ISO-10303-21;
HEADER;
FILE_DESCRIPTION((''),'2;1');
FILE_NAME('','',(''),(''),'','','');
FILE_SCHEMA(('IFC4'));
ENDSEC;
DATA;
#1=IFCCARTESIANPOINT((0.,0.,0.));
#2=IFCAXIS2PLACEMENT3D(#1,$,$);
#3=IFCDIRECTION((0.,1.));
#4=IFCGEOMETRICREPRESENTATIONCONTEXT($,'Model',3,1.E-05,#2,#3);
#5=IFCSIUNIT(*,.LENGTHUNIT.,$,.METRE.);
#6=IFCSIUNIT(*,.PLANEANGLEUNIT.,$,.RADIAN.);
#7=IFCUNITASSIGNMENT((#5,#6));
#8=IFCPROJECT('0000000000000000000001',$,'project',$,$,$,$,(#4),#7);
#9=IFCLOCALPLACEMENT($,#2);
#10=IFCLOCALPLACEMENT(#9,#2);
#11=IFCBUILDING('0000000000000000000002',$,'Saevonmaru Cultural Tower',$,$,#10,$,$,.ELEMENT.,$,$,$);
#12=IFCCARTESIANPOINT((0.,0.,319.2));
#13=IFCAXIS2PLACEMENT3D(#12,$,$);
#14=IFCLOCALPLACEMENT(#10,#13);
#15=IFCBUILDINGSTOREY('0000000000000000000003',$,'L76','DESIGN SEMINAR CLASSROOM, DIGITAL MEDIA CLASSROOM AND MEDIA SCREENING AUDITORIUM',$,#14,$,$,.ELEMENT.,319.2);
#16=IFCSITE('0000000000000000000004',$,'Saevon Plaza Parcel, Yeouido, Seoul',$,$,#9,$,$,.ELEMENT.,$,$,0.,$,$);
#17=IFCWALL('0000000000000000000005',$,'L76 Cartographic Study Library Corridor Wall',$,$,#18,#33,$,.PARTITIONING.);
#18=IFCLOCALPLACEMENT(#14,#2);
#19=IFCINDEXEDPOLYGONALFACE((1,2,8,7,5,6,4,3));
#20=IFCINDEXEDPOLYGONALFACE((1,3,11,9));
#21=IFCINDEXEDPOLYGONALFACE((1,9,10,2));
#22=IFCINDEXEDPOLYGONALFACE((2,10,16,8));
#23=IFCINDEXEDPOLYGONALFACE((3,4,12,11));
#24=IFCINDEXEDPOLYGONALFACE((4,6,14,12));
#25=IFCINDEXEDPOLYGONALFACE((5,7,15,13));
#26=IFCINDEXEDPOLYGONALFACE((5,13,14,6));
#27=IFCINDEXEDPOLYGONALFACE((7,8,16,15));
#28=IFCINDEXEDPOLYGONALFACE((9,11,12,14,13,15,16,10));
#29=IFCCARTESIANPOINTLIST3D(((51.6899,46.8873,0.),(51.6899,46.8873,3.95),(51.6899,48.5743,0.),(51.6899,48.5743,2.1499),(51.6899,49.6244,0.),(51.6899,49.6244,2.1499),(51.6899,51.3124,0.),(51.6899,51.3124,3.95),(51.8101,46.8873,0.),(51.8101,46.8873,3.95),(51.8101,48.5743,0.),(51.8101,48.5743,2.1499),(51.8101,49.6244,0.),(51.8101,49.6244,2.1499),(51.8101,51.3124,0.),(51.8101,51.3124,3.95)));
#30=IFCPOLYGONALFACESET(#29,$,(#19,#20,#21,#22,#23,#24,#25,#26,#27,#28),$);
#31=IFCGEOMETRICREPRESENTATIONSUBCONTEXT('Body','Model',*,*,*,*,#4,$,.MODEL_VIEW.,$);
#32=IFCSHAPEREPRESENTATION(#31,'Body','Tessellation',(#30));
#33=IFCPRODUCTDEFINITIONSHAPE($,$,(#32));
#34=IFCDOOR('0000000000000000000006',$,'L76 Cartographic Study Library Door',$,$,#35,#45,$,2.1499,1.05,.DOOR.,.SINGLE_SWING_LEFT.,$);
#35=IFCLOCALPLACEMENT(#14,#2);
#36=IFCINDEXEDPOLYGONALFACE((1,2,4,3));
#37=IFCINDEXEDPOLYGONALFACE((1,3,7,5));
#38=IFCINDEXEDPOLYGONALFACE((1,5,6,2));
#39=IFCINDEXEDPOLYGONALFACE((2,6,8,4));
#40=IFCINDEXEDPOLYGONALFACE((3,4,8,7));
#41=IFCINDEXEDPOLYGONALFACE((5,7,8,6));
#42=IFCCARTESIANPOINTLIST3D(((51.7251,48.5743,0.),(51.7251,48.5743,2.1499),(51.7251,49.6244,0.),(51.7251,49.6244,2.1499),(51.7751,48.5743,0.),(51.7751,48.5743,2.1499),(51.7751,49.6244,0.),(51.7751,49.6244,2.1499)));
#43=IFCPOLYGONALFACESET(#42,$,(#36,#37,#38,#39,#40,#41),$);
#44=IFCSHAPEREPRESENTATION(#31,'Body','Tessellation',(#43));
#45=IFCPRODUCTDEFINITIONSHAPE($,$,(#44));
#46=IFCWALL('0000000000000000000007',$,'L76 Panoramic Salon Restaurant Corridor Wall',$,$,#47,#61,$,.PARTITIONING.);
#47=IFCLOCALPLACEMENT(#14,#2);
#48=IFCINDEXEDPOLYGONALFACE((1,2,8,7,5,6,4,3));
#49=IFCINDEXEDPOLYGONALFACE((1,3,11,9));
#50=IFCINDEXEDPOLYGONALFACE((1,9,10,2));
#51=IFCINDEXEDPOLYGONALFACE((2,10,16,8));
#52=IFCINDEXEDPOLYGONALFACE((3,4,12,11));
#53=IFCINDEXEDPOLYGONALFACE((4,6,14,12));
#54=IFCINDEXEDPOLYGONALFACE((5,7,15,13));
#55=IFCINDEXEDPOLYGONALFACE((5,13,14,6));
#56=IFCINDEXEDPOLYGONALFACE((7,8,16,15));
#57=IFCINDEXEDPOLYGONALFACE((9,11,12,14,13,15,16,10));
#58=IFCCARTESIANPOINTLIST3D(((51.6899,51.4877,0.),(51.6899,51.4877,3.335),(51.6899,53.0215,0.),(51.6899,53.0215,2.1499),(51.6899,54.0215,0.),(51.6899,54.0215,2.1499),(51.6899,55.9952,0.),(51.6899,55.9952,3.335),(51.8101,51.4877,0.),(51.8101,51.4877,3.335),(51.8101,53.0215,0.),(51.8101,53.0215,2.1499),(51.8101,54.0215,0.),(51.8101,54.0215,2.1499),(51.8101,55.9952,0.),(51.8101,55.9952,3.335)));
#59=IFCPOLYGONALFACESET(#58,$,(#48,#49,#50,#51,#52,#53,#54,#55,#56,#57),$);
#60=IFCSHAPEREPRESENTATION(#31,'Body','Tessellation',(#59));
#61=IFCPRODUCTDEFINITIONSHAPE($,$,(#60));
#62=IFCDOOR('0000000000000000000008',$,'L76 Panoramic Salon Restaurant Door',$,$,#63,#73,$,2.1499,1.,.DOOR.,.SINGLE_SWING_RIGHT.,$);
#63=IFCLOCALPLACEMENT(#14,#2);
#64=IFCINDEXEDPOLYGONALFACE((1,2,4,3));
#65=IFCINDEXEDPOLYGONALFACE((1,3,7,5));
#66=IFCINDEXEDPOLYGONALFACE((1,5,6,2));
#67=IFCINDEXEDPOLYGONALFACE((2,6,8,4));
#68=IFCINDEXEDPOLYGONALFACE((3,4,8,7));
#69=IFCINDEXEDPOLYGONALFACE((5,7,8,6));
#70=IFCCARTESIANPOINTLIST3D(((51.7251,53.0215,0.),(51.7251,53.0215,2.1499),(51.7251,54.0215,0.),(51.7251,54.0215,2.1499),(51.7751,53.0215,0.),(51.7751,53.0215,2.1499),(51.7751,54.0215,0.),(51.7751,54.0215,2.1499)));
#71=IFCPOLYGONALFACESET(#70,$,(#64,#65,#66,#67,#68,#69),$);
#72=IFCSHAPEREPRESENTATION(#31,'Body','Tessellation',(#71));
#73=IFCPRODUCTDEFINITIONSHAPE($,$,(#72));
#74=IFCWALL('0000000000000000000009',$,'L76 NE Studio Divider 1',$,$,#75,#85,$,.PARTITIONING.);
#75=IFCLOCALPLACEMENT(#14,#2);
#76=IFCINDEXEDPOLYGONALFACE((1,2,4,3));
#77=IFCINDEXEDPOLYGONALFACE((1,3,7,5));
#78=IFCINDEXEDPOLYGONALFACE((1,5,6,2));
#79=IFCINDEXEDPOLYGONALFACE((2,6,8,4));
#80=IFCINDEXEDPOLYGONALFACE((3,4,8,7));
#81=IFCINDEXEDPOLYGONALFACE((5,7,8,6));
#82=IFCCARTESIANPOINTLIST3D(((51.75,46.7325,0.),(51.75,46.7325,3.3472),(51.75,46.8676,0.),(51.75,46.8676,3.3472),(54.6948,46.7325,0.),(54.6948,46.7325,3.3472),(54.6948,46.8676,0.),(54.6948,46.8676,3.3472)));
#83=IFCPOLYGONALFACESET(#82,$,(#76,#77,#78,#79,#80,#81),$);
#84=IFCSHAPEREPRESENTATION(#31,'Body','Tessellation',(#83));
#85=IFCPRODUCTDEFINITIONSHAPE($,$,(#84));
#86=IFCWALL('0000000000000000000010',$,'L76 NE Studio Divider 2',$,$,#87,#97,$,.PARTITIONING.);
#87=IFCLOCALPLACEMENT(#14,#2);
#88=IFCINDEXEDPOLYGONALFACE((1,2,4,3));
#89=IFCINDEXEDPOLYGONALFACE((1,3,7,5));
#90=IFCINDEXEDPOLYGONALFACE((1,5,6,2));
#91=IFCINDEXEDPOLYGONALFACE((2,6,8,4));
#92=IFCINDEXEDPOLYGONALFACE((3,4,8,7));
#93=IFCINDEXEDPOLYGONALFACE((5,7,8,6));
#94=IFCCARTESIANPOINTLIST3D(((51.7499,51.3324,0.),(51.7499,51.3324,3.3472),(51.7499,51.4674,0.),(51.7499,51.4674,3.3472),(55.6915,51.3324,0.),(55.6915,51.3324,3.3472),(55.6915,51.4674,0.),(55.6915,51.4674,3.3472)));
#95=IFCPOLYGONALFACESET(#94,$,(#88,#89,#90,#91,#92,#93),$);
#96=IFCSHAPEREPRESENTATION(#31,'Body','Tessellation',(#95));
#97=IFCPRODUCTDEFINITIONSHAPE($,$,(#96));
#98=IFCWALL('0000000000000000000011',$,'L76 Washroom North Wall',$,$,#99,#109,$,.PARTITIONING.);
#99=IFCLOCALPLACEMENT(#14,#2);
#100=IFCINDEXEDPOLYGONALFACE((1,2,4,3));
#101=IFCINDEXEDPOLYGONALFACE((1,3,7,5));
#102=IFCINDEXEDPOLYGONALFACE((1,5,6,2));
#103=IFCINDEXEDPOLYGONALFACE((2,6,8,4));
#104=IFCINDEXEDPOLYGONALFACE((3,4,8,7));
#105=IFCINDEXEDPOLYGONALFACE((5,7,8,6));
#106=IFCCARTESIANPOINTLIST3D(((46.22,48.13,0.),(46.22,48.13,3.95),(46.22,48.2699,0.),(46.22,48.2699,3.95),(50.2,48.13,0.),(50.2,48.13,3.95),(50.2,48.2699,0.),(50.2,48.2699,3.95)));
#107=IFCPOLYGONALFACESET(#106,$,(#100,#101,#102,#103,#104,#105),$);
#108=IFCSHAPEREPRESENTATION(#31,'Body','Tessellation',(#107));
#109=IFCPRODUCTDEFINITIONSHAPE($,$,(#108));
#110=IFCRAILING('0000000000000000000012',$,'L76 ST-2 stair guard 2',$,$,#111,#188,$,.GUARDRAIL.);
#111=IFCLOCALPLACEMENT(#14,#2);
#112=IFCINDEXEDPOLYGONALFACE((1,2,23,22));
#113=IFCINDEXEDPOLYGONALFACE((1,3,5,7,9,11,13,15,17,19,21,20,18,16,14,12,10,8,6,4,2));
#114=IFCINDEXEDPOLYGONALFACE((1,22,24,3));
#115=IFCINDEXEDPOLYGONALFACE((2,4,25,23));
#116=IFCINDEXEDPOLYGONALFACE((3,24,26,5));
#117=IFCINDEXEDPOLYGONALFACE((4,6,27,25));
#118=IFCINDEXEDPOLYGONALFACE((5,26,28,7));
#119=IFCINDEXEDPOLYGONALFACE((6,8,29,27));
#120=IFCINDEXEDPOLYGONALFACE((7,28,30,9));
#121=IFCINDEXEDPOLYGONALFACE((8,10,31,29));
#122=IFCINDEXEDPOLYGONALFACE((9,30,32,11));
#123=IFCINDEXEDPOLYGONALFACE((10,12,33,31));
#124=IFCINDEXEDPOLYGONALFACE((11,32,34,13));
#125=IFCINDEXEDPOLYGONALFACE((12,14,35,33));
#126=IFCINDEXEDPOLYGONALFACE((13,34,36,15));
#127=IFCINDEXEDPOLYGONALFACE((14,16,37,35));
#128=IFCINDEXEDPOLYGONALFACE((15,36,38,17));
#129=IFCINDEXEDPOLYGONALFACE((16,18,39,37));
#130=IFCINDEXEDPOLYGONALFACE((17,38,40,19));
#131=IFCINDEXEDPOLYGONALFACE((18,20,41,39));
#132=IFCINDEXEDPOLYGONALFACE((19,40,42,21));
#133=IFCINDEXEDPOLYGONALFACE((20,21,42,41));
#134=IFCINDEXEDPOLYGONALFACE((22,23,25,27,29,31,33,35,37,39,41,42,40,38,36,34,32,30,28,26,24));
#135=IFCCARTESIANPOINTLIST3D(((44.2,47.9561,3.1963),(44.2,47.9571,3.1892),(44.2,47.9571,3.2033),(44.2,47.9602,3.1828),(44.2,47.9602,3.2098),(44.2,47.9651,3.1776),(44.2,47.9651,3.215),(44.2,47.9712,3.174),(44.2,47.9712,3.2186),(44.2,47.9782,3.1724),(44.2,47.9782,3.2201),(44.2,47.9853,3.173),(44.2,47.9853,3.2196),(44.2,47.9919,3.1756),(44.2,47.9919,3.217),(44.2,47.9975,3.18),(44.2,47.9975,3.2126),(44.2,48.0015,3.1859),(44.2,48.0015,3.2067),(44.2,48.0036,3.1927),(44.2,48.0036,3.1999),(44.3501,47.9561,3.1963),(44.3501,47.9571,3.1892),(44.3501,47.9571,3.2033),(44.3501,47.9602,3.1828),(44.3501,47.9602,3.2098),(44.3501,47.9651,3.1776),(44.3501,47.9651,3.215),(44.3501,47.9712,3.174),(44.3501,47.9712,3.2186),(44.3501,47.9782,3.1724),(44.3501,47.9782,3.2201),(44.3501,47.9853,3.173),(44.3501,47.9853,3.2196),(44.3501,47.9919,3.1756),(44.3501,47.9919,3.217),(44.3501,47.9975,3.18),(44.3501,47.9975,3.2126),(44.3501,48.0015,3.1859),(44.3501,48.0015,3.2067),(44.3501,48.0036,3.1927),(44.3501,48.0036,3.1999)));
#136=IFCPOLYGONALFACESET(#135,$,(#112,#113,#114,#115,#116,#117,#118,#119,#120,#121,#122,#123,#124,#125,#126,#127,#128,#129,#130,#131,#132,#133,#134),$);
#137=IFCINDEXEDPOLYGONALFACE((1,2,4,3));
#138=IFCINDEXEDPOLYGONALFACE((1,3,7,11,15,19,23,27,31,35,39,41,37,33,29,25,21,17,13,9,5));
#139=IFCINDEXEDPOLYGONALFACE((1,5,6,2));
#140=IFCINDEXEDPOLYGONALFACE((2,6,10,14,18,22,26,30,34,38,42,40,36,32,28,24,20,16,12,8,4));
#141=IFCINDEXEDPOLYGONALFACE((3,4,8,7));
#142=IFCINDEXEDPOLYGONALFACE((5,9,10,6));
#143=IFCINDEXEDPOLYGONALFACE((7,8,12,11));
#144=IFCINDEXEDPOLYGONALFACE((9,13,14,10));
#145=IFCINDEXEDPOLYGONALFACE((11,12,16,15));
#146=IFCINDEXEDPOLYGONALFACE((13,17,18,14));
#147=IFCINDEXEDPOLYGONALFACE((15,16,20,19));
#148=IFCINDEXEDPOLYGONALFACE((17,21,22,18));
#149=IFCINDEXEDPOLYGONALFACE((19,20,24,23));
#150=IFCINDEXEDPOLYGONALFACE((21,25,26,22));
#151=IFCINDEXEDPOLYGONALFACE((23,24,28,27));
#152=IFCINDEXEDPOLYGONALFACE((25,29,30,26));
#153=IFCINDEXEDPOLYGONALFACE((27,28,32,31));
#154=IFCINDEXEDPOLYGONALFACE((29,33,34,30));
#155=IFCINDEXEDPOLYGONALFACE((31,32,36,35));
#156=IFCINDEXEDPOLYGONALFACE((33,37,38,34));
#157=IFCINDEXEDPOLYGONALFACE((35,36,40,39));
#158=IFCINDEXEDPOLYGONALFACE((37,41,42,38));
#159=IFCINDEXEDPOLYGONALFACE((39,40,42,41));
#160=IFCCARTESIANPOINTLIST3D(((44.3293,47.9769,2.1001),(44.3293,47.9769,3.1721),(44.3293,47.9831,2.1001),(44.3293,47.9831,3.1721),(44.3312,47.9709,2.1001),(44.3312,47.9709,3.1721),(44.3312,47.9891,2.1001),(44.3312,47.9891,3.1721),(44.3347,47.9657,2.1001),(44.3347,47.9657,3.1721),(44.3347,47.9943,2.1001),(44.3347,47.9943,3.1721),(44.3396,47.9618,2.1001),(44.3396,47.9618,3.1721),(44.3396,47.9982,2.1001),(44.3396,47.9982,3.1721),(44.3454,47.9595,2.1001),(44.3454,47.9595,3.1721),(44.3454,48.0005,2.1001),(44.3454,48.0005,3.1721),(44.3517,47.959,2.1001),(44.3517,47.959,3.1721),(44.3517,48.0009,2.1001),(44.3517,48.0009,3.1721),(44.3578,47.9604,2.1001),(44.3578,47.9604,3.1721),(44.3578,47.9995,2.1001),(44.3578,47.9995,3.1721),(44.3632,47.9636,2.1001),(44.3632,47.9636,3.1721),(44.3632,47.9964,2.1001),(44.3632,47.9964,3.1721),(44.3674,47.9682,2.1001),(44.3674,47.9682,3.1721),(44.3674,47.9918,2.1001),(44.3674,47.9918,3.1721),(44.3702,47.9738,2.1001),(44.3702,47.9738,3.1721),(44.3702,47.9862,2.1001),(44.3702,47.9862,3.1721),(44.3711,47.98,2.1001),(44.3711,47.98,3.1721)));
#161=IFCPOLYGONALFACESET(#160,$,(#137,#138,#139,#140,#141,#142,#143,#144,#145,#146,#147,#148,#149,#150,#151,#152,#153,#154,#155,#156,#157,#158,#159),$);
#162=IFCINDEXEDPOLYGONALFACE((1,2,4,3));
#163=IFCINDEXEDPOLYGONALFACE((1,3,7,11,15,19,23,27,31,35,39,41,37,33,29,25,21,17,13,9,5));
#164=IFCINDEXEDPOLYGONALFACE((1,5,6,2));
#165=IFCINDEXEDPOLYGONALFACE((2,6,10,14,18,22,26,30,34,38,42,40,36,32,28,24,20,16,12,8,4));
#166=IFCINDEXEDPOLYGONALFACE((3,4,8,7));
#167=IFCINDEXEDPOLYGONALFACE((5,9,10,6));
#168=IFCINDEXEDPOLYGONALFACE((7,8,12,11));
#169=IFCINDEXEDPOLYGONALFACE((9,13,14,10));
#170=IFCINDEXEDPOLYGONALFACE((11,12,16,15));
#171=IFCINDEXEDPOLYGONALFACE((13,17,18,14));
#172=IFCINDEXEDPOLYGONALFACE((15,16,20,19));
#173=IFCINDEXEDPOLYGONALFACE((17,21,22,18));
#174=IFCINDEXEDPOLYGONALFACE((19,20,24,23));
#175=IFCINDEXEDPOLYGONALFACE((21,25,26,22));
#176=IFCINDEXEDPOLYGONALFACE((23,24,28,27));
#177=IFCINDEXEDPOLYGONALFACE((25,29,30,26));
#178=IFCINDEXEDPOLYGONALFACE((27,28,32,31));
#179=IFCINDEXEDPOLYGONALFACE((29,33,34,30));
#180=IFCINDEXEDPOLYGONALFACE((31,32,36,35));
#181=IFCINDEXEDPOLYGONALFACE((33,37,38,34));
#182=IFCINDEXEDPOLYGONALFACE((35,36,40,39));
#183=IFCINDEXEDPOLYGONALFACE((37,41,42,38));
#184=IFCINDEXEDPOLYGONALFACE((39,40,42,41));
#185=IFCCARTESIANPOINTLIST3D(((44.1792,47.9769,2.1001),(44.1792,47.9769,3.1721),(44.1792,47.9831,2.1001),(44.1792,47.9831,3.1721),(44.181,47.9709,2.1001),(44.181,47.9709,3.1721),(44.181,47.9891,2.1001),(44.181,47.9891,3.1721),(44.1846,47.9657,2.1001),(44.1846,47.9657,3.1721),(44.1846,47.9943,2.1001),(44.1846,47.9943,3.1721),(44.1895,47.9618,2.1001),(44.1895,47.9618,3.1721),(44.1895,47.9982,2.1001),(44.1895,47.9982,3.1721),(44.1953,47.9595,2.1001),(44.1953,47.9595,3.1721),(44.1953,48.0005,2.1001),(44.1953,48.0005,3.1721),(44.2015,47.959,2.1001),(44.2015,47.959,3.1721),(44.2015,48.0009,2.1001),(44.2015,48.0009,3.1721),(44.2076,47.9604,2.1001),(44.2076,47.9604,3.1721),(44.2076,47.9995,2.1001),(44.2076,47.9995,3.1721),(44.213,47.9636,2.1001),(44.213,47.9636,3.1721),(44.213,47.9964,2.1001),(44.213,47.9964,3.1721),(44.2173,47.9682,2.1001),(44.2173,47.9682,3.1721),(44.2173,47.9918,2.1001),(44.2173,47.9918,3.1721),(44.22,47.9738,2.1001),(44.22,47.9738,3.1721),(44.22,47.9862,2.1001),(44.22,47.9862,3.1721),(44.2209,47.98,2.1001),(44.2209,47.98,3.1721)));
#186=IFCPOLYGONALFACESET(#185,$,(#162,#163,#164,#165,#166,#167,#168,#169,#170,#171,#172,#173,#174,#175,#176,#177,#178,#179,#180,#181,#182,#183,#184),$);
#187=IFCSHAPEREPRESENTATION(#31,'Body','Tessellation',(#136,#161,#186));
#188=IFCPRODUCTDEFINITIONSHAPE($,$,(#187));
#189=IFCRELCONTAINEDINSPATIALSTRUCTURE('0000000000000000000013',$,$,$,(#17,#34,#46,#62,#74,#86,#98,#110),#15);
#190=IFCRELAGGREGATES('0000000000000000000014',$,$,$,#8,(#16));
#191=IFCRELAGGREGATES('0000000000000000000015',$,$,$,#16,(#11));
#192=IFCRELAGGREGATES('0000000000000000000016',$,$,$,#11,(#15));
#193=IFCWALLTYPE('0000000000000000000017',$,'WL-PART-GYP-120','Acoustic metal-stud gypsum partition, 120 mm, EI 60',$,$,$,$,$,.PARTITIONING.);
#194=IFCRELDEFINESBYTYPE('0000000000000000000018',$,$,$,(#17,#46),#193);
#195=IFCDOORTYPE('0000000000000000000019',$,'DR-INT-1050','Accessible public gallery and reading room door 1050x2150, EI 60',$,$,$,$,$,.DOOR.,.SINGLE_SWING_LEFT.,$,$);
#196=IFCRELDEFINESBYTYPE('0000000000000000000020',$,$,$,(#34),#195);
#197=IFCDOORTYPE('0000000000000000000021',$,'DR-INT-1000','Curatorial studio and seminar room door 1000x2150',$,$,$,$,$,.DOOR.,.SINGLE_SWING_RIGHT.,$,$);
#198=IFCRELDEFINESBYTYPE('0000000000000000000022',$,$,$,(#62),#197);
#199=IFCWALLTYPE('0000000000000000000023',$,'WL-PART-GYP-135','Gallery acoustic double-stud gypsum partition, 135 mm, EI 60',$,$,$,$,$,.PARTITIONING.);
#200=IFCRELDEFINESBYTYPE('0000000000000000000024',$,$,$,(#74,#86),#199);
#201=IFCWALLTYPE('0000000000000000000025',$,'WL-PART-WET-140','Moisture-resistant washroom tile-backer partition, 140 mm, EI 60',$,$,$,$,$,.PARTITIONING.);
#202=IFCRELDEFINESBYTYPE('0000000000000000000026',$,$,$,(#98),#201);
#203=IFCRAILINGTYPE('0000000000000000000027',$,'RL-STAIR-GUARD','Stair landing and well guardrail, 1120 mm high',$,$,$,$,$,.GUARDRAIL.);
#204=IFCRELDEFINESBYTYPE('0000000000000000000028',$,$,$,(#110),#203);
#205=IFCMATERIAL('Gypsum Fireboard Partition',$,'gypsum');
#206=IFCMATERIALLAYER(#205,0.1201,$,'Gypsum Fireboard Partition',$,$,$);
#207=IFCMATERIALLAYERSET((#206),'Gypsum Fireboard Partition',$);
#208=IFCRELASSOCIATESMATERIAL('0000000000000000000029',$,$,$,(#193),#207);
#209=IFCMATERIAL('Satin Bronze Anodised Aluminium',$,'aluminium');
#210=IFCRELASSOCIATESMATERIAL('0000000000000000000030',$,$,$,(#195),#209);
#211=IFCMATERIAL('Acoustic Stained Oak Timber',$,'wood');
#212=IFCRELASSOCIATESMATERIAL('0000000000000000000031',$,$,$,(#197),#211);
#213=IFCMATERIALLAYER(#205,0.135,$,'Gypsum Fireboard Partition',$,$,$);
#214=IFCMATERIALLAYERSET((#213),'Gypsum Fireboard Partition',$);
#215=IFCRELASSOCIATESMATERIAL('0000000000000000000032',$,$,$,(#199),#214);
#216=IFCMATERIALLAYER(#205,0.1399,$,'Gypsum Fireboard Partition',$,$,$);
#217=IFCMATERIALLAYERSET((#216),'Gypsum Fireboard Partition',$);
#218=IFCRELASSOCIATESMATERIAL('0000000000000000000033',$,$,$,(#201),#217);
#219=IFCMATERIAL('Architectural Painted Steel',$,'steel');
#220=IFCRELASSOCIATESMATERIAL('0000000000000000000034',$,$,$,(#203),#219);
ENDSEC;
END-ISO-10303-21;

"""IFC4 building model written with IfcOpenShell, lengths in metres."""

from ifc_helpers import new_model, si_unit, direction, frame, frame_2d, origin, origin_2d, place, context, subcontext, project, spatial, rectangle, circle, extrude, material, layer, layer_set, type_object, element, fill, save


model = new_model("IFC4")

# Units and contexts
model_context = context("Model", 3, precision=1e-05, world=origin(), true_north=direction((0.0, 1.0)))
body_context = subcontext(model_context, "Body", "Model", "MODEL_VIEW")
ifc_project = project(units=[si_unit("LENGTHUNIT", "METRE"), si_unit("PLANEANGLEUNIT", "RADIAN")], contexts=[model_context])

# Site, building, storey
site_placement = place(None, origin())
site = spatial("IfcSite", under=ifc_project, at=site_placement, Name="Saevon Plaza Parcel, Yeouido, Seoul", CompositionType="ELEMENT", RefElevation=0.0)
building_placement = place(site_placement, origin())
building = spatial("IfcBuilding", under=site, at=building_placement, Name="Saevonmaru Cultural Tower", CompositionType="ELEMENT")
storey_placement = place(building_placement, frame((0.0, 0.0, 319.2)))
storey = spatial("IfcBuildingStorey", under=building, at=storey_placement, Name="L76", Description="DESIGN SEMINAR CLASSROOM, DIGITAL MEDIA CLASSROOM AND MEDIA SCREENING AUDITORIUM", CompositionType="ELEMENT", Elevation=319.2)

# Shared definitions
ifc_material_1 = material(Name="Satin Bronze Anodised Aluminium", Category="aluminium")

# Shared definitions
ifc_material_2 = material(Name="Gypsum Fireboard Partition", Category="gypsum")
ifc_layer_1 = layer(ifc_material_2, 0.1201, Name="Gypsum Fireboard Partition")
ifc_layer_set_1 = layer_set([ifc_layer_1], Name="Gypsum Fireboard Partition")
wall_type_1 = type_object("IfcWallType", Name="WL-PART-GYP-120", Description="Acoustic metal-stud gypsum partition, 120 mm, EI 60", PredefinedType="PARTITIONING", material=ifc_layer_set_1)

# Walls, openings, doors
ifc_material_3 = material(Name="Acoustic Stained Oak Timber", Category="wood")
wall_1_placement = place(storey_placement, frame((51.75, 46.8875, 0.0), z_axis=(0.0, 0.0, 1.0), x_axis=(0.0, 1.0, 0.0)))
wall_1 = element("IfcWall", 1, at=wall_1_placement, inside=storey, type_object=wall_type_1, Name="L76 Cartographic Study Library Corridor Wall", PredefinedType="PARTITIONING", context=body_context, shape_type="SweptSolid", body=[
    extrude(rectangle(XDim=4.425, YDim=0.1201, at=frame_2d((2.2124, 0.0))), origin(), (0.0, 0.0, 1.0), 3.95),
])
opening_1_placement = place(wall_1_placement, frame((1.687, 0.0, 0.0)))
opening_1 = element("IfcOpeningElement", 2, at=opening_1_placement, cuts=wall_1, PredefinedType="OPENING", context=body_context, shape_type="SweptSolid", body=[
    extrude(rectangle(XDim=1.05, YDim=2.1499, at=frame_2d((0.5249, 1.075))), frame((0.0, 0.0701, 0.0), z_axis=(0.0, -1.0, 0.0), x_axis=(1.0, 0.0, 0.0)), (0.0, 0.0, 1.0), 0.1401),
])
door_type_1 = type_object("IfcDoorType", Name="DR-INT-1050", Description="Accessible public gallery and reading room door 1050x2150, EI 60", OperationType="SINGLE_SWING_LEFT", PredefinedType="DOOR", material=ifc_material_1)
door_1_placement = place(opening_1_placement, origin())
door_1 = element("IfcDoor", 3, at=door_1_placement, inside=storey, type_object=door_type_1, Name="L76 Cartographic Study Library Door", OperationType="SINGLE_SWING_LEFT", OverallHeight=2.1499, OverallWidth=1.05, PredefinedType="DOOR", context=body_context, shape_type="SweptSolid", body=[
    extrude(rectangle(XDim=1.05, YDim=2.1499, at=frame_2d((0.5249, 1.075))), frame((0.0, 0.0249, 0.0), z_axis=(0.0, -1.0, 0.0), x_axis=(1.0, 0.0, 0.0)), (0.0, 0.0, 1.0), 0.05),
])
fill(opening_1, door_1)
wall_2_placement = place(storey_placement, frame((51.75, 51.4875, 0.0), z_axis=(0.0, 0.0, 1.0), x_axis=(0.0, 1.0, 0.0)))
wall_2 = element("IfcWall", 4, at=wall_2_placement, inside=storey, type_object=wall_type_1, Name="L76 Panoramic Salon Restaurant Corridor Wall", PredefinedType="PARTITIONING", context=body_context, shape_type="SweptSolid", body=[
    extrude(rectangle(XDim=4.5076, YDim=0.1201, at=frame_2d((2.2539, 0.0))), origin(), (0.0, 0.0, 1.0), 3.335),
])
opening_2_placement = place(wall_2_placement, frame((1.5339, 0.0, 0.0)))
opening_2 = element("IfcOpeningElement", 5, at=opening_2_placement, cuts=wall_2, PredefinedType="OPENING", context=body_context, shape_type="SweptSolid", body=[
    extrude(rectangle(XDim=1.0, YDim=2.1499, at=frame_2d((0.5, 1.075))), frame((0.0, 0.0701, 0.0), z_axis=(0.0, -1.0, 0.0), x_axis=(1.0, 0.0, 0.0)), (0.0, 0.0, 1.0), 0.1401),
])
door_type_2 = type_object("IfcDoorType", Name="DR-INT-1000", Description="Curatorial studio and seminar room door 1000x2150", OperationType="SINGLE_SWING_RIGHT", PredefinedType="DOOR", material=ifc_material_3)
door_2_placement = place(opening_2_placement, origin())
door_2 = element("IfcDoor", 6, at=door_2_placement, inside=storey, type_object=door_type_2, Name="L76 Panoramic Salon Restaurant Door", OperationType="SINGLE_SWING_RIGHT", OverallHeight=2.1499, OverallWidth=1.0, PredefinedType="DOOR", context=body_context, shape_type="SweptSolid", body=[
    extrude(rectangle(XDim=1.0, YDim=2.1499, at=frame_2d((0.5, 1.075))), frame((0.0, 0.0249, 0.0), z_axis=(0.0, -1.0, 0.0), x_axis=(1.0, 0.0, 0.0)), (0.0, 0.0, 1.0), 0.05),
])
fill(opening_2, door_2)

# Walls
ifc_layer_2 = layer(ifc_material_2, 0.135, Name="Gypsum Fireboard Partition")
ifc_layer_set_2 = layer_set([ifc_layer_2], Name="Gypsum Fireboard Partition")
wall_type_2 = type_object("IfcWallType", Name="WL-PART-GYP-135", Description="Gallery acoustic double-stud gypsum partition, 135 mm, EI 60", PredefinedType="PARTITIONING", material=ifc_layer_set_2)
wall_3_placement = place(storey_placement, frame((51.75, 46.8, 0.0), z_axis=(0.0, 0.0, 1.0), x_axis=(1.0, 0.0, 0.0)))
element("IfcWall", 7, at=wall_3_placement, inside=storey, type_object=wall_type_2, Name="L76 NE Studio Divider 1", PredefinedType="PARTITIONING", context=body_context, shape_type="SweptSolid", body=[
    extrude(rectangle(XDim=2.9448, YDim=0.135, at=frame_2d((1.4724, 0.0))), origin(), (0.0, 0.0, 1.0), 3.3472),
])
wall_4_placement = place(storey_placement, frame((51.75, 51.3999, 0.0), z_axis=(0.0, 0.0, 1.0), x_axis=(1.0, 0.0, 0.0)))
element("IfcWall", 8, at=wall_4_placement, inside=storey, type_object=wall_type_2, Name="L76 NE Studio Divider 2", PredefinedType="PARTITIONING", context=body_context, shape_type="SweptSolid", body=[
    extrude(rectangle(XDim=3.9417, YDim=0.135, at=frame_2d((1.9707, 0.0))), origin(), (0.0, 0.0, 1.0), 3.3472),
])
ifc_layer_3 = layer(ifc_material_2, 0.1399, Name="Gypsum Fireboard Partition")
ifc_layer_set_3 = layer_set([ifc_layer_3], Name="Gypsum Fireboard Partition")
wall_type_3 = type_object("IfcWallType", Name="WL-PART-WET-140", Description="Moisture-resistant washroom tile-backer partition, 140 mm, EI 60", PredefinedType="PARTITIONING", material=ifc_layer_set_3)
wall_5_placement = place(storey_placement, frame((46.22, 48.2, 0.0), z_axis=(0.0, 0.0, 1.0), x_axis=(1.0, 0.0, 0.0)))
element("IfcWall", 9, at=wall_5_placement, inside=storey, type_object=wall_type_3, Name="L76 Washroom North Wall", PredefinedType="PARTITIONING", context=body_context, shape_type="SweptSolid", body=[
    extrude(rectangle(XDim=3.98, YDim=0.1399, at=frame_2d((1.99, 0.0))), origin(), (0.0, 0.0, 1.0), 3.95),
])

# Railing
ifc_material_4 = material(Name="Architectural Painted Steel", Category="steel")
railing_type = type_object("IfcRailingType", Name="RL-STAIR-GUARD", Description="Stair landing and well guardrail, 1120 mm high", PredefinedType="GUARDRAIL", material=ifc_material_4)
railing_placement = place(storey_placement, frame((44.3501, 47.98, 2.1001)))
element("IfcRailing", 10, at=railing_placement, inside=storey, type_object=railing_type, Name="L76 ST-2 stair guard 2", PredefinedType="GUARDRAIL", context=body_context, shape_type="SweptSolid", body=[
    extrude(circle(Radius=0.0239, at=origin_2d()), frame((0.0, 0.0, 1.0962), z_axis=(-1.0, 0.0, 0.0), x_axis=(0.0, -1.0, 0.0)), (0.0, 0.0, 1.0), 0.1501),
    extrude(circle(Radius=0.021, at=origin_2d()), origin(), (0.0, 0.0, 1.0), 1.072),
    extrude(circle(Radius=0.021, at=origin_2d()), frame((-0.1501, 0.0, 0.0)), (0.0, 0.0, 1.0), 1.072),
])

save(model, "model.ifc")
